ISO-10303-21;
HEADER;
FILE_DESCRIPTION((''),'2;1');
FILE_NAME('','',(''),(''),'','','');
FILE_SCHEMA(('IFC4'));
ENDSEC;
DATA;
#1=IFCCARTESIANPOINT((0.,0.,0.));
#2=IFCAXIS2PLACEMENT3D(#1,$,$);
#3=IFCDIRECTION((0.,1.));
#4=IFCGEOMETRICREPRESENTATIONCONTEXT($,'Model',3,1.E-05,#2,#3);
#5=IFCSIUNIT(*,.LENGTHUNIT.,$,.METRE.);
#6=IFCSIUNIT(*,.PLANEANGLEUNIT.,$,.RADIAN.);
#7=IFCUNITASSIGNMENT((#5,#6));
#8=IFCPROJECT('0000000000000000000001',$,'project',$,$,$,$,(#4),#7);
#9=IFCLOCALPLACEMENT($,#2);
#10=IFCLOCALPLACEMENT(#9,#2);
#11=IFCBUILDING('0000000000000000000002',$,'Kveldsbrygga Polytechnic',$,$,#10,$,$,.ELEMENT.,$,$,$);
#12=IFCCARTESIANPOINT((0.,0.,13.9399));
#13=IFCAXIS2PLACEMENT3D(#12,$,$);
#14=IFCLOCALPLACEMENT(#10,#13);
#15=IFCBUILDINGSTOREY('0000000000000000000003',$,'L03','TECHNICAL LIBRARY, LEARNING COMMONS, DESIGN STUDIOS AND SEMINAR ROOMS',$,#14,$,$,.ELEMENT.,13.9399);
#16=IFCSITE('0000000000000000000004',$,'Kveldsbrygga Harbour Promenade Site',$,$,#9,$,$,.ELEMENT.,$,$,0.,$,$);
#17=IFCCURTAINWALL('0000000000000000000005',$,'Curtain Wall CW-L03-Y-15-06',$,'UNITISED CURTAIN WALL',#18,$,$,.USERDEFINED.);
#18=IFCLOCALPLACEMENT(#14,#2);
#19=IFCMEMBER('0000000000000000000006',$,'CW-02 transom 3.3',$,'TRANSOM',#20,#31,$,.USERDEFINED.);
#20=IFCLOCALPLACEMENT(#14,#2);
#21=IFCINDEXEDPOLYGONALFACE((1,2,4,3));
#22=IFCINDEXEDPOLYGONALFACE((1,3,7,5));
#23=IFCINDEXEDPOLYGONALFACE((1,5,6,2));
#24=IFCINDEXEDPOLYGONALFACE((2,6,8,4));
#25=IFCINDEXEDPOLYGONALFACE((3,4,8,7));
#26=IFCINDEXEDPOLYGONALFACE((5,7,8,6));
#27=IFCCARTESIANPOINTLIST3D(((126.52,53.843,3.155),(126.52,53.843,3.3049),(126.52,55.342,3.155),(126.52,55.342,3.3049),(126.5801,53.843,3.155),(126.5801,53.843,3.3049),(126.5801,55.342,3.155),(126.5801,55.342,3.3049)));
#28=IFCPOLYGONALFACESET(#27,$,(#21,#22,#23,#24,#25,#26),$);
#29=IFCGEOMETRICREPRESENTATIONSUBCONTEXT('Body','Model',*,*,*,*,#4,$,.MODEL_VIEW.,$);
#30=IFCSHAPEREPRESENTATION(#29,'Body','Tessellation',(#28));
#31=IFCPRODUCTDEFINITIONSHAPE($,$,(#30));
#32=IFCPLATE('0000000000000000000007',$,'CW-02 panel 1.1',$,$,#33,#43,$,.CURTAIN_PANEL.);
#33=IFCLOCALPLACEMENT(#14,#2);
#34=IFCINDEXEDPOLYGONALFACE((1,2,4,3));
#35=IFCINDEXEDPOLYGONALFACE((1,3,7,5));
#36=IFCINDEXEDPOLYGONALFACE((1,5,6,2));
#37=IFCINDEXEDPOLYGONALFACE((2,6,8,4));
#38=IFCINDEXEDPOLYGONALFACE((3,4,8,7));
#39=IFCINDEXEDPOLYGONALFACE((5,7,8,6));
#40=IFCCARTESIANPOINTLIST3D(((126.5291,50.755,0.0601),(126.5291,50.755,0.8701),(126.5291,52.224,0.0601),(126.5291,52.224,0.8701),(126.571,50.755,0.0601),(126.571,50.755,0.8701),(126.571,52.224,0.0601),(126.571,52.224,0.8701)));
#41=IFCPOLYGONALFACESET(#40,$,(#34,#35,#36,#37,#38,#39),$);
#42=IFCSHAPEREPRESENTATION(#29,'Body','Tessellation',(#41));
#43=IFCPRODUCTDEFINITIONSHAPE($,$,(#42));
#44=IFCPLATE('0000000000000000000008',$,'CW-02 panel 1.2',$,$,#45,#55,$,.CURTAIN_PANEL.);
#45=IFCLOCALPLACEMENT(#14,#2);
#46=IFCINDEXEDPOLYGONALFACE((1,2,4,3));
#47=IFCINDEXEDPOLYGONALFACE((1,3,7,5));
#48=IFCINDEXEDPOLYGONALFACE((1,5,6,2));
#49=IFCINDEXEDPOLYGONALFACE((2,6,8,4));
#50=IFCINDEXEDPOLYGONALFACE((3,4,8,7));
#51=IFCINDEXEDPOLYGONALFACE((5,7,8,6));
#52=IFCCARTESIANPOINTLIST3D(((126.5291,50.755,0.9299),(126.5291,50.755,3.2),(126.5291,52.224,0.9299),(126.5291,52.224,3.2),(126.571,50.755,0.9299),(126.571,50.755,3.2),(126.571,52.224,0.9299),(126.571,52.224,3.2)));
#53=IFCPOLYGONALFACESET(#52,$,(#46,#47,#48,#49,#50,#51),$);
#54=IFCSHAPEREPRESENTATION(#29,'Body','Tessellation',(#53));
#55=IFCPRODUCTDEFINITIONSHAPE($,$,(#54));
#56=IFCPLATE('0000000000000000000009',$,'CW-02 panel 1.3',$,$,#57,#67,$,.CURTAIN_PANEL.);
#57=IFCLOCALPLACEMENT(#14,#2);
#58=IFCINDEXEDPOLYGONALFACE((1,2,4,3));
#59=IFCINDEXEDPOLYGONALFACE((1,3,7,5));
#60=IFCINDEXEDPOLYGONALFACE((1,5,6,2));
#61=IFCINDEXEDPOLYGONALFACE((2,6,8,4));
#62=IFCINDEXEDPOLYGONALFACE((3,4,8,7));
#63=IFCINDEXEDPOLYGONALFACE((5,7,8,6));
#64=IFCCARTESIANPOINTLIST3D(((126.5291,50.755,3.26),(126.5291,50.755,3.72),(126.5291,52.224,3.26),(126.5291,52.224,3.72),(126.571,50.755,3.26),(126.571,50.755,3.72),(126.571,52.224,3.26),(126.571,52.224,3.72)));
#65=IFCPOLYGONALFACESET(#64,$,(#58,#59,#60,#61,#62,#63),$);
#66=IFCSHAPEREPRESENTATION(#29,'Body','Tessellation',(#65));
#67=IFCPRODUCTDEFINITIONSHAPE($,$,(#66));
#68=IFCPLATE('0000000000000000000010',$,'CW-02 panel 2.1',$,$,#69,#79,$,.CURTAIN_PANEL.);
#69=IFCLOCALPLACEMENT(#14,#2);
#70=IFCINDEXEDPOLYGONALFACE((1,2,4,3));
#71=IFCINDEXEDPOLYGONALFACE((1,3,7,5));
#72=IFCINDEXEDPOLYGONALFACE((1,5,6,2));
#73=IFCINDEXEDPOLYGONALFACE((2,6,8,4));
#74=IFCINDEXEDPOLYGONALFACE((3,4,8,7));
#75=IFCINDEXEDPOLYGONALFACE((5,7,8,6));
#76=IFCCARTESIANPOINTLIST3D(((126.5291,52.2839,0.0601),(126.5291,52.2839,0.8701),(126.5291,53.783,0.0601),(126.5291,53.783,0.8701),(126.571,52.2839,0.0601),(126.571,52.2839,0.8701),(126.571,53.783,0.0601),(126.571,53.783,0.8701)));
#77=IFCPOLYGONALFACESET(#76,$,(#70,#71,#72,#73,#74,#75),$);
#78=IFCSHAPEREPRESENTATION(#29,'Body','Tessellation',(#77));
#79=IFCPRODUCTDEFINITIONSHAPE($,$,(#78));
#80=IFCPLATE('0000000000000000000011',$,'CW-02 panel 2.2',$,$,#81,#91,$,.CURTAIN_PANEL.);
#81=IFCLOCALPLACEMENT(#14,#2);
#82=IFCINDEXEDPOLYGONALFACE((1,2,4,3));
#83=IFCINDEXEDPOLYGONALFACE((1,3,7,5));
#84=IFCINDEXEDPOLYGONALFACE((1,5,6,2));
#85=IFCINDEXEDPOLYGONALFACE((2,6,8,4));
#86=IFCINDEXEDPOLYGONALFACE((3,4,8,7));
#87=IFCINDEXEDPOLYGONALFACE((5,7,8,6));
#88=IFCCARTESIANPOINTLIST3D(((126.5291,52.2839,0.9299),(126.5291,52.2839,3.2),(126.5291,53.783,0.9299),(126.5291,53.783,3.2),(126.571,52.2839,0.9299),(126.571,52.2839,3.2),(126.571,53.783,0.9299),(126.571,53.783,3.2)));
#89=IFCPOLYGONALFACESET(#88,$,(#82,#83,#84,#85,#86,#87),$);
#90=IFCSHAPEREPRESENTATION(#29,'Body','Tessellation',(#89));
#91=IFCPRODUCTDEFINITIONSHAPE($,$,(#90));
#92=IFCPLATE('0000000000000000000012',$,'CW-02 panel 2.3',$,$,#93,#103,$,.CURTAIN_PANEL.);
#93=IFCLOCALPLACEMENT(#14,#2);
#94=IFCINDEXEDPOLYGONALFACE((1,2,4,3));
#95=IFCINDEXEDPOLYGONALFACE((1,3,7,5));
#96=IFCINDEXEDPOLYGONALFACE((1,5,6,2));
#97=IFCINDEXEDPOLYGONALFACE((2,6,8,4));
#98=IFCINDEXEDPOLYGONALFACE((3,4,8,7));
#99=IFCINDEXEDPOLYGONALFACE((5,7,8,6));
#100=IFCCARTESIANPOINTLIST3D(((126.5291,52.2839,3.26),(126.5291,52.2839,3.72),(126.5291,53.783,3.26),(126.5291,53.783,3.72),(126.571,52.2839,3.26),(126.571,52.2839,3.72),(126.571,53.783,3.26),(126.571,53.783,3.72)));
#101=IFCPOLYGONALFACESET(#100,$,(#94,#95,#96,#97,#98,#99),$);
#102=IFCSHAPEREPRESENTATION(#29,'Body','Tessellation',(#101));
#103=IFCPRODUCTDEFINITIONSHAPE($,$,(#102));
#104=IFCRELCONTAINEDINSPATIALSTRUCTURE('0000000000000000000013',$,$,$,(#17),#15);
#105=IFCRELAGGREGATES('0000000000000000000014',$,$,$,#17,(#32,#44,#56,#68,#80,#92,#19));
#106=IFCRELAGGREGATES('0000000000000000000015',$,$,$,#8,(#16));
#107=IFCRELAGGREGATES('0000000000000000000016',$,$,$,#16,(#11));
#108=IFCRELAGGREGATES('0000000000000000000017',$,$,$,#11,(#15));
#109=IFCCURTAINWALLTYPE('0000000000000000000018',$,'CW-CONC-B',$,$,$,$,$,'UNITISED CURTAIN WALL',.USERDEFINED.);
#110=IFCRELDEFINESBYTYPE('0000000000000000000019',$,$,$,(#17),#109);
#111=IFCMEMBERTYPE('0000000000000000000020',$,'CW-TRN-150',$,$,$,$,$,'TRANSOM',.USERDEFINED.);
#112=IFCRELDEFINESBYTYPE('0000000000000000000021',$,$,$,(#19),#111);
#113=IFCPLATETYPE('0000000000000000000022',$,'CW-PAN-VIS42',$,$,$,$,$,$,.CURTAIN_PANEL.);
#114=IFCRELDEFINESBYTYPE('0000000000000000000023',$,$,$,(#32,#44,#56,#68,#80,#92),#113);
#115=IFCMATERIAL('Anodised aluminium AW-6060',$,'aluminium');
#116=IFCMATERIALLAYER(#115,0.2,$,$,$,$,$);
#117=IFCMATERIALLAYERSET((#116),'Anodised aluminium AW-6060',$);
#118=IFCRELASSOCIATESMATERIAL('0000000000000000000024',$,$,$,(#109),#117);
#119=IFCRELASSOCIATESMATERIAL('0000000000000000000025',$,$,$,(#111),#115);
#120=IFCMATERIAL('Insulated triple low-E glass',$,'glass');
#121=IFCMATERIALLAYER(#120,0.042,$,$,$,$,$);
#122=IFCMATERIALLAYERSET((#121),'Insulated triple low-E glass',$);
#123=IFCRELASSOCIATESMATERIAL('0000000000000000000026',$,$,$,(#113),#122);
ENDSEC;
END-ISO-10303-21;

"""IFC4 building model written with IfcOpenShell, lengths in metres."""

from ifc_helpers import new_model, si_unit, direction, frame, origin, origin_2d, place, context, subcontext, project, spatial, rectangle, extrude, material, layer, layer_set, material_profile, profile_set, type_object, element, aggregate, save


model = new_model("IFC4")

# Units and contexts
model_context = context("Model", 3, precision=1e-05, world=origin(), true_north=direction((0.0, 1.0)))
body_context = subcontext(model_context, "Body", "Model", "MODEL_VIEW")
ifc_project = project(units=[si_unit("LENGTHUNIT", "METRE"), si_unit("PLANEANGLEUNIT", "RADIAN")], contexts=[model_context])

# Site, building, storey
site_placement = place(None, origin())
site = spatial("IfcSite", under=ifc_project, at=site_placement, Name="Kveldsbrygga Harbour Promenade Site", CompositionType="ELEMENT", RefElevation=0.0)
building_placement = place(site_placement, origin())
building = spatial("IfcBuilding", under=site, at=building_placement, Name="Kveldsbrygga Polytechnic", CompositionType="ELEMENT")
storey_placement = place(building_placement, frame((0.0, 0.0, 13.9399)))
storey = spatial("IfcBuildingStorey", under=building, at=storey_placement, Name="L03", Description="TECHNICAL LIBRARY, LEARNING COMMONS, DESIGN STUDIOS AND SEMINAR ROOMS", CompositionType="ELEMENT", Elevation=13.9399)

# Shared definitions
ifc_material_1 = material(Name="Anodised aluminium AW-6060", Category="aluminium")

# Curtain wall, member, plates
ifc_layer_1 = layer(ifc_material_1, 0.2)
ifc_layer_set_1 = layer_set([ifc_layer_1], Name="Anodised aluminium AW-6060")
curtain_wall_type_1 = type_object("IfcCurtainWallType", Name="CW-CONC-B", ElementType="UNITISED CURTAIN WALL", PredefinedType="USERDEFINED", material=ifc_layer_set_1)
curtain_wall_1_placement = place(storey_placement, origin())
curtain_wall_1 = element("IfcCurtainWall", 1, at=curtain_wall_1_placement, inside=storey, type_object=curtain_wall_type_1, Name="Curtain Wall CW-L03-Y-15-06", ObjectType="UNITISED CURTAIN WALL", PredefinedType="USERDEFINED")
ifc_material_profile_1 = material_profile(ifc_material_1, rectangle(XDim=0.0601, YDim=0.1499, at=origin_2d()), Name="ALU 60x150")
ifc_profile_set_1 = profile_set([ifc_material_profile_1], Name="Anodised aluminium AW-6060")
member_type_1 = type_object("IfcMemberType", Name="CW-TRN-150", ElementType="TRANSOM", PredefinedType="USERDEFINED", material=ifc_profile_set_1)
member_1_placement = place(storey_placement, frame((126.55, 53.843, 3.23), z_axis=(0.0, 1.0, 0.0), x_axis=(-1.0, 0.0, 0.0)))
member_1 = element("IfcMember", 2, at=member_1_placement, type_object=member_type_1, Name="CW-02 transom 3.3", ObjectType="TRANSOM", PredefinedType="USERDEFINED", context=body_context, shape_type="SweptSolid", body=[
    extrude(rectangle(XDim=0.0601, YDim=0.1499, at=origin_2d()), origin(), (0.0, 0.0, 1.0), 1.499),
])
ifc_material_2 = material(Name="Insulated triple low-E glass", Category="glass")
ifc_layer_2 = layer(ifc_material_2, 0.042)
ifc_layer_set_2 = layer_set([ifc_layer_2], Name="Insulated triple low-E glass")
plate_type = type_object("IfcPlateType", Name="CW-PAN-VIS42", PredefinedType="CURTAIN_PANEL", material=ifc_layer_set_2)
plate_1_placement = place(storey_placement, frame((126.55, 51.4895, 0.0601), z_axis=(0.0, 0.0, 1.0), x_axis=(0.0, 1.0, 0.0)))
plate_1 = element("IfcPlate", 3, at=plate_1_placement, type_object=plate_type, Name="CW-02 panel 1.1", PredefinedType="CURTAIN_PANEL", context=body_context, shape_type="SweptSolid", body=[
    extrude(rectangle(XDim=1.469, YDim=0.042, at=origin_2d()), origin(), (0.0, 0.0, 1.0), 0.8101),
])
plate_2_placement = place(storey_placement, frame((126.55, 51.4895, 0.9299), z_axis=(0.0, 0.0, 1.0), x_axis=(0.0, 1.0, 0.0)))
plate_2 = element("IfcPlate", 4, at=plate_2_placement, type_object=plate_type, Name="CW-02 panel 1.2", PredefinedType="CURTAIN_PANEL", context=body_context, shape_type="SweptSolid", body=[
    extrude(rectangle(XDim=1.469, YDim=0.042, at=origin_2d()), origin(), (0.0, 0.0, 1.0), 2.27),
])
plate_3_placement = place(storey_placement, frame((126.55, 51.4895, 3.26), z_axis=(0.0, 0.0, 1.0), x_axis=(0.0, 1.0, 0.0)))
plate_3 = element("IfcPlate", 5, at=plate_3_placement, type_object=plate_type, Name="CW-02 panel 1.3", PredefinedType="CURTAIN_PANEL", context=body_context, shape_type="SweptSolid", body=[
    extrude(rectangle(XDim=1.469, YDim=0.042, at=origin_2d()), origin(), (0.0, 0.0, 1.0), 0.46),
])
plate_4_placement = place(storey_placement, frame((126.55, 53.0334, 0.0601), z_axis=(0.0, 0.0, 1.0), x_axis=(0.0, 1.0, 0.0)))
plate_4 = element("IfcPlate", 6, at=plate_4_placement, type_object=plate_type, Name="CW-02 panel 2.1", PredefinedType="CURTAIN_PANEL", context=body_context, shape_type="SweptSolid", body=[
    extrude(rectangle(XDim=1.499, YDim=0.042, at=origin_2d()), origin(), (0.0, 0.0, 1.0), 0.8101),
])
plate_5_placement = place(storey_placement, frame((126.55, 53.0334, 0.9299), z_axis=(0.0, 0.0, 1.0), x_axis=(0.0, 1.0, 0.0)))
plate_5 = element("IfcPlate", 7, at=plate_5_placement, type_object=plate_type, Name="CW-02 panel 2.2", PredefinedType="CURTAIN_PANEL", context=body_context, shape_type="SweptSolid", body=[
    extrude(rectangle(XDim=1.499, YDim=0.042, at=origin_2d()), origin(), (0.0, 0.0, 1.0), 2.27),
])
plate_6_placement = place(storey_placement, frame((126.55, 53.0334, 3.26), z_axis=(0.0, 0.0, 1.0), x_axis=(0.0, 1.0, 0.0)))
plate_6 = element("IfcPlate", 8, at=plate_6_placement, type_object=plate_type, Name="CW-02 panel 2.3", PredefinedType="CURTAIN_PANEL", context=body_context, shape_type="SweptSolid", body=[
    extrude(rectangle(XDim=1.499, YDim=0.042, at=origin_2d()), origin(), (0.0, 0.0, 1.0), 0.46),
])
aggregate(curtain_wall_1, [plate_1, plate_2, plate_3, plate_4, plate_5, plate_6, member_1])

save(model, "model.ifc")
